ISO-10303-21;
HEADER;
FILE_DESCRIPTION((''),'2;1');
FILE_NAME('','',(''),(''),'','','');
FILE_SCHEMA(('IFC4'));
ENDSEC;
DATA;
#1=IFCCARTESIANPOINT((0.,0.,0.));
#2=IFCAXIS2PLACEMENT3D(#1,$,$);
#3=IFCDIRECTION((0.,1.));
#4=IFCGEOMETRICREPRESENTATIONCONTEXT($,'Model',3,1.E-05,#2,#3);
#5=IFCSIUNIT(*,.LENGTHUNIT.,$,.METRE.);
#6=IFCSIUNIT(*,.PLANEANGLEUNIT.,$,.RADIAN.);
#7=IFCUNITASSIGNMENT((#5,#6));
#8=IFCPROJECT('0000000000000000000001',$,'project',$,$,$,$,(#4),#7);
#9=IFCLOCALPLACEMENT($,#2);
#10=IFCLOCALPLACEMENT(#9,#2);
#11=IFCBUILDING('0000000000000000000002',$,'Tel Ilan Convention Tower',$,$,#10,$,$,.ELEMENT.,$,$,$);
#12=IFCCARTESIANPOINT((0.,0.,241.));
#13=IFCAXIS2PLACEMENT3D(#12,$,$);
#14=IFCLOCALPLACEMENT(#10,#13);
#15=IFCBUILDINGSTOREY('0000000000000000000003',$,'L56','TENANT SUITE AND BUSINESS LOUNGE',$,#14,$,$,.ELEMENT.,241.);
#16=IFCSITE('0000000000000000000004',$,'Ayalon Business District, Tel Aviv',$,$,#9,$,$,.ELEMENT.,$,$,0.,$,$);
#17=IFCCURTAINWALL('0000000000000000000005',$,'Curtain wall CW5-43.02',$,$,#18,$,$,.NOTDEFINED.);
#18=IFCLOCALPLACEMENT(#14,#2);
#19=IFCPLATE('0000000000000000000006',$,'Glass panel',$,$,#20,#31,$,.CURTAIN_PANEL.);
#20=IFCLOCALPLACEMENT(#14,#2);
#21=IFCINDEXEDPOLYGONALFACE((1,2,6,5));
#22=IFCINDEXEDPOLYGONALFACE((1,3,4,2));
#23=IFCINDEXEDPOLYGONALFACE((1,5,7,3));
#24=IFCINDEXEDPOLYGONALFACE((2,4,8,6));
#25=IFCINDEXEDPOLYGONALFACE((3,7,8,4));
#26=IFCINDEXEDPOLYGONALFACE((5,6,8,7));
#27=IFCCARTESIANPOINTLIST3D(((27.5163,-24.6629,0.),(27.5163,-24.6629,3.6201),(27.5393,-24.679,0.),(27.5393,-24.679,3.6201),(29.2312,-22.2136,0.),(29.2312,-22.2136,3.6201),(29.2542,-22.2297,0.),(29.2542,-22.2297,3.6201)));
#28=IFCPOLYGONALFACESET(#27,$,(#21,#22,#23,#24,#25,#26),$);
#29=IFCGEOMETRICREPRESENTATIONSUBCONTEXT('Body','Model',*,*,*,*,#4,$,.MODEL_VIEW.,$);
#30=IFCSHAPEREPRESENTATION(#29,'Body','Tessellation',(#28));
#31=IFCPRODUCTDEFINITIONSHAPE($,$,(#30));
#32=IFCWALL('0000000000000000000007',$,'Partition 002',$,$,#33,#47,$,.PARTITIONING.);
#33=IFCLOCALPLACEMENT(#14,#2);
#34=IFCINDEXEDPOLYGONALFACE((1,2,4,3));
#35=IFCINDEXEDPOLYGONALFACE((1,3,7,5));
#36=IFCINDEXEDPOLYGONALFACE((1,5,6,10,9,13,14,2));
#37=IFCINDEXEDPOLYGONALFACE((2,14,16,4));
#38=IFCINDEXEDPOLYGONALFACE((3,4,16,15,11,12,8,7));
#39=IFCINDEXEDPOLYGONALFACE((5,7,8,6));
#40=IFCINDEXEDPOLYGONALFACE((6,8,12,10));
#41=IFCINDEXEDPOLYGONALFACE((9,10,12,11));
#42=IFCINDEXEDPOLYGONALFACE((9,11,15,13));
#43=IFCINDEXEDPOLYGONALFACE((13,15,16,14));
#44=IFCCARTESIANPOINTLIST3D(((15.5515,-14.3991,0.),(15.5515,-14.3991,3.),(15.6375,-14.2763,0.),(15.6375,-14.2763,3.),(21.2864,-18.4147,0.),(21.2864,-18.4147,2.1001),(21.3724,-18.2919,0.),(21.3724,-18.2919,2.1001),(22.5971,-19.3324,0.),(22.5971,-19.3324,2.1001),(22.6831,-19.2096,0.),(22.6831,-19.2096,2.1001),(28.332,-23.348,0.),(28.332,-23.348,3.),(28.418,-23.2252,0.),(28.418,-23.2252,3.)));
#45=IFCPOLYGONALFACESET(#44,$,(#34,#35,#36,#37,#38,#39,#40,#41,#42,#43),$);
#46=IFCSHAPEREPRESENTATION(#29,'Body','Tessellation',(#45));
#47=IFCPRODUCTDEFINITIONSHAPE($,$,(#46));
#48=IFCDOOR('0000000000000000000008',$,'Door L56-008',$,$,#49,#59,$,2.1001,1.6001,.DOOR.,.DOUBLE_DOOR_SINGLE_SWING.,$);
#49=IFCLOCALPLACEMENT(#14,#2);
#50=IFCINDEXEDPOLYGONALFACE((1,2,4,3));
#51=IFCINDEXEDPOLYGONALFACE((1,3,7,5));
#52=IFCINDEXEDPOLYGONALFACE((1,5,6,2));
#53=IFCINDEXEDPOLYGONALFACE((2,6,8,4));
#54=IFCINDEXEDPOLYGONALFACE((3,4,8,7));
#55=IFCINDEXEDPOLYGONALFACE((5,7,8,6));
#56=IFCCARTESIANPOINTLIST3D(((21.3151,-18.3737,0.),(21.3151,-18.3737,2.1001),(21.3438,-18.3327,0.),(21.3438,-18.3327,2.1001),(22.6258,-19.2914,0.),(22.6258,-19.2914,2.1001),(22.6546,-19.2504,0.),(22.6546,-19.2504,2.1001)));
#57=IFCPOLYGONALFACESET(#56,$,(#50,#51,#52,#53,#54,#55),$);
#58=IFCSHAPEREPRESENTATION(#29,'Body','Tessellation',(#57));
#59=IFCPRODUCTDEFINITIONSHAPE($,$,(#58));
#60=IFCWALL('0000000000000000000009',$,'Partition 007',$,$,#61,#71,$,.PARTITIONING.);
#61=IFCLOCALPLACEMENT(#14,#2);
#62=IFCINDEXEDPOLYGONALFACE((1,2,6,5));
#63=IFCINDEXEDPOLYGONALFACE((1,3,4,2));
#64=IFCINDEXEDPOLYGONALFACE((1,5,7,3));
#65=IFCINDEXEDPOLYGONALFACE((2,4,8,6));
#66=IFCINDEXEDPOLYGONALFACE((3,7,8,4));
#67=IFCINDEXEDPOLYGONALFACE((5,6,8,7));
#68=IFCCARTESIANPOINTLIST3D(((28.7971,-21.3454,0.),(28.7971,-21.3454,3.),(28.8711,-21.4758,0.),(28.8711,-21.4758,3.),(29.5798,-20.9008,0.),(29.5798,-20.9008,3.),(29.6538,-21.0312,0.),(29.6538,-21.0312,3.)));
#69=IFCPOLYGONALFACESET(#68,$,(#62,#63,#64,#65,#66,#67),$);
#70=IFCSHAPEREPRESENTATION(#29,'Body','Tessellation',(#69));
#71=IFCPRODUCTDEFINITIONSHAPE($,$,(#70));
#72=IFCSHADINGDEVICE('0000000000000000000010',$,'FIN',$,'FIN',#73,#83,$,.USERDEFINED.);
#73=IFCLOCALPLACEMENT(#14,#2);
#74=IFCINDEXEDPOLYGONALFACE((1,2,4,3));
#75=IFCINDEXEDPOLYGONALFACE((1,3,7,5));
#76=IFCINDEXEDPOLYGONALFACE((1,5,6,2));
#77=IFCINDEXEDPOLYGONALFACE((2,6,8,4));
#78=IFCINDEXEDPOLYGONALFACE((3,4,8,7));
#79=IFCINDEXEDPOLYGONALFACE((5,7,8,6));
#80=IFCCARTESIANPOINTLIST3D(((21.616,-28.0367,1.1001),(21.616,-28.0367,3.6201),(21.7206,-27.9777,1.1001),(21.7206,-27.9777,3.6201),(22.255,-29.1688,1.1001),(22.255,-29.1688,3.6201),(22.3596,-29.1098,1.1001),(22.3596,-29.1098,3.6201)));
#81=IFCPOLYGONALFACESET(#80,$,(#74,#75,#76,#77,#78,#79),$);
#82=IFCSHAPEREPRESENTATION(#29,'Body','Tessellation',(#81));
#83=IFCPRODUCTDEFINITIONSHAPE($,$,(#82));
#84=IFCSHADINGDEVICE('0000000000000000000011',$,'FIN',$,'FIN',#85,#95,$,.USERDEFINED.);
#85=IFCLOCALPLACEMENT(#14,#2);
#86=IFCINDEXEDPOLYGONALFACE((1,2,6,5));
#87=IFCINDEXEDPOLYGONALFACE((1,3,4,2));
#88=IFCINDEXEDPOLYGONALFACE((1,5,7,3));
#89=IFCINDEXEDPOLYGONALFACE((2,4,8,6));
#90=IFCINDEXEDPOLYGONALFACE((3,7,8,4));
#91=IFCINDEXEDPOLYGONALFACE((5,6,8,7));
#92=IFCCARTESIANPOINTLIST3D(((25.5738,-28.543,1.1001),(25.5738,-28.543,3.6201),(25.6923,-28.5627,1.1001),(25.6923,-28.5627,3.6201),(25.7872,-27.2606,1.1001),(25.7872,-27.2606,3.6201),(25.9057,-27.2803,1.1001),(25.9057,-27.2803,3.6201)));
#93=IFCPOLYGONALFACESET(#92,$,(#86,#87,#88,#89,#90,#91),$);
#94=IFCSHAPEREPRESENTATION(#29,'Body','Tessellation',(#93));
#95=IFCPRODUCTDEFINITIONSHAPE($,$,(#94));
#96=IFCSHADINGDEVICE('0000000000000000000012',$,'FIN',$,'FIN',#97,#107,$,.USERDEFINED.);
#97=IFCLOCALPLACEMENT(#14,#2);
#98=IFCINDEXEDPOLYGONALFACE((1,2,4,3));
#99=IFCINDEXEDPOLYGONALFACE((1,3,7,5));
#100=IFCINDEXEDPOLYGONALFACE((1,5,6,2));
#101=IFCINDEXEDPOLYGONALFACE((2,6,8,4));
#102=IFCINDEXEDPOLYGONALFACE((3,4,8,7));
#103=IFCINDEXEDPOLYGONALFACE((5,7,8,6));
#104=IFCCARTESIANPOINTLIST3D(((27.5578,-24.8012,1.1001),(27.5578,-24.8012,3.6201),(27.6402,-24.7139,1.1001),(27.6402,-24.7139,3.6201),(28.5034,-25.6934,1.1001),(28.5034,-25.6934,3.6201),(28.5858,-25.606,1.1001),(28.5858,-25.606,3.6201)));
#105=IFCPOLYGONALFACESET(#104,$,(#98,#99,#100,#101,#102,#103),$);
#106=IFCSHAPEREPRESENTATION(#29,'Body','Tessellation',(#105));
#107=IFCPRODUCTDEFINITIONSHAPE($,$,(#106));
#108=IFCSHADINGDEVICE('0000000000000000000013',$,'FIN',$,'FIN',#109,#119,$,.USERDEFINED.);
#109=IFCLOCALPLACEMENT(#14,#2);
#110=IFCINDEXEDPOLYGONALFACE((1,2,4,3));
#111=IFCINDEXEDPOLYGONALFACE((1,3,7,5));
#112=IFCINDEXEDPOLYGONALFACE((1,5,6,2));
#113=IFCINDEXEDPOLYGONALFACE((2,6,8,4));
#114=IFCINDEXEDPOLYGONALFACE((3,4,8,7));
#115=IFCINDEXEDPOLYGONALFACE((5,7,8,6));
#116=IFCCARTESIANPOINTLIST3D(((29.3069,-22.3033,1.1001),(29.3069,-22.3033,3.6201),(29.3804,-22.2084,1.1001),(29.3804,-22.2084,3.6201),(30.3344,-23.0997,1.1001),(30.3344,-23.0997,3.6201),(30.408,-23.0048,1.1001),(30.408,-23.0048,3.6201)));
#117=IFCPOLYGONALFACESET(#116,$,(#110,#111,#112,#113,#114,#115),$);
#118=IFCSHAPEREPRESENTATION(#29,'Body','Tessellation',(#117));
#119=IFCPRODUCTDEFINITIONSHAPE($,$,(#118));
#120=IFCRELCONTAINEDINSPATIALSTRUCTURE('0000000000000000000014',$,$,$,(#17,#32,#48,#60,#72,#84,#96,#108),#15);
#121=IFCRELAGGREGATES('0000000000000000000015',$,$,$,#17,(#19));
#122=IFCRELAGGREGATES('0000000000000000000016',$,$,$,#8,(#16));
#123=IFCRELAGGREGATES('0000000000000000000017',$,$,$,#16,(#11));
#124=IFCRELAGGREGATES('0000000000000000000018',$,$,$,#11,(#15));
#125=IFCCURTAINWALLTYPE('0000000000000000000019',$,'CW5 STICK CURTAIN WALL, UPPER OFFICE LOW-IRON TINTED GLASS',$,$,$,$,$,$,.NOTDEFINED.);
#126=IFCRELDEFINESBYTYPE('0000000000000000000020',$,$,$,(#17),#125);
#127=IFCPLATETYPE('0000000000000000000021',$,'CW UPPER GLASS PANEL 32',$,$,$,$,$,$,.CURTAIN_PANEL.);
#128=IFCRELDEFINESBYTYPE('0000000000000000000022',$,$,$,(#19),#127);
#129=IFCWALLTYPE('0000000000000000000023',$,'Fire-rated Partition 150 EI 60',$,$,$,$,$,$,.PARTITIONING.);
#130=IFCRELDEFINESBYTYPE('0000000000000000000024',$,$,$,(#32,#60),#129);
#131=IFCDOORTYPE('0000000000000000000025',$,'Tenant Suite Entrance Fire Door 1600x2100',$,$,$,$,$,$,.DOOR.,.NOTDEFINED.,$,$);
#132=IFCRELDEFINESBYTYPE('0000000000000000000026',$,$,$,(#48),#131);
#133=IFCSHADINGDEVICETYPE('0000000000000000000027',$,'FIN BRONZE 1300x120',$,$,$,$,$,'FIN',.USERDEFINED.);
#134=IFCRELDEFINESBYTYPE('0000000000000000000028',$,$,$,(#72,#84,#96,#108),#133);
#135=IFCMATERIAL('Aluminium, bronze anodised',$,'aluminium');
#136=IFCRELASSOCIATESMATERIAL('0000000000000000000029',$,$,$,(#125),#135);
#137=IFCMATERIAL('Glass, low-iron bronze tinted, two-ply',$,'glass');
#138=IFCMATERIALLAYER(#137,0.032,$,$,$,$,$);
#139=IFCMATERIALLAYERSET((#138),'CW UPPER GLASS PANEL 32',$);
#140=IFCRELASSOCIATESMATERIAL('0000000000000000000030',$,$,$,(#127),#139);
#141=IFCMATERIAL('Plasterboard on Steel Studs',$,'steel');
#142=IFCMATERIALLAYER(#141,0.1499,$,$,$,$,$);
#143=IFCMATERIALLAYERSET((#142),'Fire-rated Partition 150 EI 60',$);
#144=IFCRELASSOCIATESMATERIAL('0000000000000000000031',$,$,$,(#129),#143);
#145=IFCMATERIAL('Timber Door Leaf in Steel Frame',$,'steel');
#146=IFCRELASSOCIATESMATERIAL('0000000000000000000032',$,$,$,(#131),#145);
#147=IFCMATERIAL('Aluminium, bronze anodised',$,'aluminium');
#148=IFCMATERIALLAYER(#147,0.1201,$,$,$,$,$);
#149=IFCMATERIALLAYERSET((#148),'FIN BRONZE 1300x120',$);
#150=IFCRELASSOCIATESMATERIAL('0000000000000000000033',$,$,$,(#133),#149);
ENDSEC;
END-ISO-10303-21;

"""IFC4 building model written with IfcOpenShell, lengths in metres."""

from ifc_helpers import new_model, si_unit, direction, frame, frame_2d, origin, origin_2d, place, context, subcontext, project, spatial, rectangle, extrude, material, layer, layer_set, type_object, element, fill, aggregate, save


model = new_model("IFC4")

# Units and contexts
model_context = context("Model", 3, precision=1e-05, world=origin(), true_north=direction((0.0, 1.0)))
body_context = subcontext(model_context, "Body", "Model", "MODEL_VIEW")
ifc_project = project(units=[si_unit("LENGTHUNIT", "METRE"), si_unit("PLANEANGLEUNIT", "RADIAN")], contexts=[model_context])

# Site, building, storey
site_placement = place(None, origin())
site = spatial("IfcSite", under=ifc_project, at=site_placement, Name="Ayalon Business District, Tel Aviv", CompositionType="ELEMENT", RefElevation=0.0)
building_placement = place(site_placement, origin())
building = spatial("IfcBuilding", under=site, at=building_placement, Name="Tel Ilan Convention Tower", CompositionType="ELEMENT")
storey_placement = place(building_placement, frame((0.0, 0.0, 241.0)))
storey = spatial("IfcBuildingStorey", under=building, at=storey_placement, Name="L56", Description="TENANT SUITE AND BUSINESS LOUNGE", CompositionType="ELEMENT", Elevation=241.0)

# Curtain wall, plate
ifc_material_1 = material(Name="Aluminium, bronze anodised", Category="aluminium")
curtain_wall_type = type_object("IfcCurtainWallType", Name="CW5 STICK CURTAIN WALL, UPPER OFFICE LOW-IRON TINTED GLASS", PredefinedType="NOTDEFINED", material=ifc_material_1)
curtain_wall_placement = place(storey_placement, origin())
curtain_wall = element("IfcCurtainWall", 1, at=curtain_wall_placement, inside=storey, type_object=curtain_wall_type, Name="Curtain wall CW5-43.02", PredefinedType="NOTDEFINED")
ifc_material_2 = material(Name="Glass, low-iron bronze tinted, two-ply", Category="glass")
ifc_layer_1 = layer(ifc_material_2, 0.032)
ifc_layer_set_1 = layer_set([ifc_layer_1], Name="CW UPPER GLASS PANEL 32")
plate_type = type_object("IfcPlateType", Name="CW UPPER GLASS PANEL 32", PredefinedType="CURTAIN_PANEL", material=ifc_layer_set_1)
plate_1_placement = place(storey_placement, frame((28.3853, -23.4463, 0.0), z_axis=(0.0, 0.0, 1.0), x_axis=(0.573576, 0.819152, 0.0)))
plate_1 = element("IfcPlate", 2, at=plate_1_placement, type_object=plate_type, Name="Glass panel", PredefinedType="CURTAIN_PANEL", context=body_context, shape_type="SweptSolid", body=[
    extrude(rectangle(XDim=2.99, YDim=0.0281, at=origin_2d()), origin(), (0.0, 0.0, 1.0), 3.6201),
])
aggregate(curtain_wall, [plate_1])

# Wall, opening, door
ifc_material_3 = material(Name="Plasterboard on Steel Studs", Category="steel")
ifc_layer_2 = layer(ifc_material_3, 0.1499)
ifc_layer_set_2 = layer_set([ifc_layer_2], Name="Fire-rated Partition 150 EI 60")
wall_type = type_object("IfcWallType", Name="Fire-rated Partition 150 EI 60", PredefinedType="PARTITIONING", material=ifc_layer_set_2)
wall_1_placement = place(storey_placement, frame((28.375, -23.2866, 0.0), z_axis=(0.0, 0.0, 1.0), x_axis=(-0.819153, 0.573575, 0.0)))
wall_1 = element("IfcWall", 3, at=wall_1_placement, inside=storey, type_object=wall_type, Name="Partition 002", PredefinedType="PARTITIONING", context=body_context, shape_type="SweptSolid", body=[
    extrude(rectangle(XDim=15.6021, YDim=0.1499, at=frame_2d((7.801, 0.0))), origin(), (0.0, 0.0, 1.0), 3.0),
])
opening_placement = place(wall_1_placement, frame((7.001, 0.0, 0.0)))
opening = element("IfcOpeningElement", 4, at=opening_placement, cuts=wall_1, PredefinedType="OPENING", context=body_context, shape_type="SweptSolid", body=[
    extrude(rectangle(XDim=1.6001, YDim=2.1001, at=frame_2d((0.8, 1.05))), frame((0.0, 0.085, 0.0), z_axis=(0.0, -1.0, 0.0), x_axis=(1.0, 0.0, 0.0)), (0.0, 0.0, 1.0), 0.1699),
])
ifc_material_4 = material(Name="Timber Door Leaf in Steel Frame", Category="steel")
door_type = type_object("IfcDoorType", Name="Tenant Suite Entrance Fire Door 1600x2100", OperationType="NOTDEFINED", PredefinedType="DOOR", material=ifc_material_4)
door_placement = place(opening_placement, origin())
door = element("IfcDoor", 5, at=door_placement, inside=storey, type_object=door_type, Name="Door L56-008", OperationType="DOUBLE_DOOR_SINGLE_SWING", OverallHeight=2.1001, OverallWidth=1.6001, PredefinedType="DOOR", context=body_context, shape_type="SweptSolid", body=[
    extrude(rectangle(XDim=1.6001, YDim=2.1001, at=frame_2d((0.8, 1.05))), frame((0.0, 0.0249, 0.0), z_axis=(0.0, -1.0, 0.0), x_axis=(1.0, 0.0, 0.0)), (0.0, 0.0, 1.0), 0.05),
])
fill(opening, door)

# Wall
wall_2_placement = place(storey_placement, frame((28.834, -21.4106, 0.0), z_axis=(0.0, 0.0, 1.0), x_axis=(0.869525, 0.493888, 0.0)))
element("IfcWall", 6, at=wall_2_placement, inside=storey, type_object=wall_type, Name="Partition 007", PredefinedType="PARTITIONING", context=body_context, shape_type="SweptSolid", body=[
    extrude(rectangle(XDim=0.9001, YDim=0.1499, at=frame_2d((0.4502, 0.0))), origin(), (0.0, 0.0, 1.0), 3.0),
])

# Shading devices
ifc_material_5 = material(Name="Aluminium, bronze anodised", Category="aluminium")
ifc_layer_3 = layer(ifc_material_5, 0.1201)
ifc_layer_set_3 = layer_set([ifc_layer_3], Name="FIN BRONZE 1300x120")
shading_device_type = type_object("IfcShadingDeviceType", Name="FIN BRONZE 1300x120", ElementType="FIN", PredefinedType="USERDEFINED", material=ifc_layer_set_3)
for number, where, z_axis, x_axis, name in (
    (7, (21.9878, -28.5732, 1.1001), (0.0, 0.0, 1.0), (0.491579, -0.870833, 0.0), "FIN"),
    (8, (25.7397, -27.9116, 1.1001), (0.0, 0.0, 1.0), (-0.164091, -0.986445, 0.0), "FIN"),
    (9, (28.0718, -25.2036, 1.1001), (0.0, 0.0, 1.0), (0.727374, -0.686242, 0.0), "FIN"),
    (10, (29.8574, -22.6541, 1.1001), (0.0, 0.0, 1.0), (0.790393, -0.612601, 0.0), "FIN"),
):
    element("IfcShadingDevice", number, at=place(storey_placement, frame(where, z_axis=z_axis, x_axis=x_axis)), inside=storey, type_object=shading_device_type, Name=name, ObjectType="FIN", PredefinedType="USERDEFINED", context=body_context, shape_type="SweptSolid", body=[
        extrude(rectangle(XDim=1.3, YDim=0.1201, at=origin_2d()), origin(), (0.0, 0.0, 1.0), 2.52),
    ])

save(model, "model.ifc")
